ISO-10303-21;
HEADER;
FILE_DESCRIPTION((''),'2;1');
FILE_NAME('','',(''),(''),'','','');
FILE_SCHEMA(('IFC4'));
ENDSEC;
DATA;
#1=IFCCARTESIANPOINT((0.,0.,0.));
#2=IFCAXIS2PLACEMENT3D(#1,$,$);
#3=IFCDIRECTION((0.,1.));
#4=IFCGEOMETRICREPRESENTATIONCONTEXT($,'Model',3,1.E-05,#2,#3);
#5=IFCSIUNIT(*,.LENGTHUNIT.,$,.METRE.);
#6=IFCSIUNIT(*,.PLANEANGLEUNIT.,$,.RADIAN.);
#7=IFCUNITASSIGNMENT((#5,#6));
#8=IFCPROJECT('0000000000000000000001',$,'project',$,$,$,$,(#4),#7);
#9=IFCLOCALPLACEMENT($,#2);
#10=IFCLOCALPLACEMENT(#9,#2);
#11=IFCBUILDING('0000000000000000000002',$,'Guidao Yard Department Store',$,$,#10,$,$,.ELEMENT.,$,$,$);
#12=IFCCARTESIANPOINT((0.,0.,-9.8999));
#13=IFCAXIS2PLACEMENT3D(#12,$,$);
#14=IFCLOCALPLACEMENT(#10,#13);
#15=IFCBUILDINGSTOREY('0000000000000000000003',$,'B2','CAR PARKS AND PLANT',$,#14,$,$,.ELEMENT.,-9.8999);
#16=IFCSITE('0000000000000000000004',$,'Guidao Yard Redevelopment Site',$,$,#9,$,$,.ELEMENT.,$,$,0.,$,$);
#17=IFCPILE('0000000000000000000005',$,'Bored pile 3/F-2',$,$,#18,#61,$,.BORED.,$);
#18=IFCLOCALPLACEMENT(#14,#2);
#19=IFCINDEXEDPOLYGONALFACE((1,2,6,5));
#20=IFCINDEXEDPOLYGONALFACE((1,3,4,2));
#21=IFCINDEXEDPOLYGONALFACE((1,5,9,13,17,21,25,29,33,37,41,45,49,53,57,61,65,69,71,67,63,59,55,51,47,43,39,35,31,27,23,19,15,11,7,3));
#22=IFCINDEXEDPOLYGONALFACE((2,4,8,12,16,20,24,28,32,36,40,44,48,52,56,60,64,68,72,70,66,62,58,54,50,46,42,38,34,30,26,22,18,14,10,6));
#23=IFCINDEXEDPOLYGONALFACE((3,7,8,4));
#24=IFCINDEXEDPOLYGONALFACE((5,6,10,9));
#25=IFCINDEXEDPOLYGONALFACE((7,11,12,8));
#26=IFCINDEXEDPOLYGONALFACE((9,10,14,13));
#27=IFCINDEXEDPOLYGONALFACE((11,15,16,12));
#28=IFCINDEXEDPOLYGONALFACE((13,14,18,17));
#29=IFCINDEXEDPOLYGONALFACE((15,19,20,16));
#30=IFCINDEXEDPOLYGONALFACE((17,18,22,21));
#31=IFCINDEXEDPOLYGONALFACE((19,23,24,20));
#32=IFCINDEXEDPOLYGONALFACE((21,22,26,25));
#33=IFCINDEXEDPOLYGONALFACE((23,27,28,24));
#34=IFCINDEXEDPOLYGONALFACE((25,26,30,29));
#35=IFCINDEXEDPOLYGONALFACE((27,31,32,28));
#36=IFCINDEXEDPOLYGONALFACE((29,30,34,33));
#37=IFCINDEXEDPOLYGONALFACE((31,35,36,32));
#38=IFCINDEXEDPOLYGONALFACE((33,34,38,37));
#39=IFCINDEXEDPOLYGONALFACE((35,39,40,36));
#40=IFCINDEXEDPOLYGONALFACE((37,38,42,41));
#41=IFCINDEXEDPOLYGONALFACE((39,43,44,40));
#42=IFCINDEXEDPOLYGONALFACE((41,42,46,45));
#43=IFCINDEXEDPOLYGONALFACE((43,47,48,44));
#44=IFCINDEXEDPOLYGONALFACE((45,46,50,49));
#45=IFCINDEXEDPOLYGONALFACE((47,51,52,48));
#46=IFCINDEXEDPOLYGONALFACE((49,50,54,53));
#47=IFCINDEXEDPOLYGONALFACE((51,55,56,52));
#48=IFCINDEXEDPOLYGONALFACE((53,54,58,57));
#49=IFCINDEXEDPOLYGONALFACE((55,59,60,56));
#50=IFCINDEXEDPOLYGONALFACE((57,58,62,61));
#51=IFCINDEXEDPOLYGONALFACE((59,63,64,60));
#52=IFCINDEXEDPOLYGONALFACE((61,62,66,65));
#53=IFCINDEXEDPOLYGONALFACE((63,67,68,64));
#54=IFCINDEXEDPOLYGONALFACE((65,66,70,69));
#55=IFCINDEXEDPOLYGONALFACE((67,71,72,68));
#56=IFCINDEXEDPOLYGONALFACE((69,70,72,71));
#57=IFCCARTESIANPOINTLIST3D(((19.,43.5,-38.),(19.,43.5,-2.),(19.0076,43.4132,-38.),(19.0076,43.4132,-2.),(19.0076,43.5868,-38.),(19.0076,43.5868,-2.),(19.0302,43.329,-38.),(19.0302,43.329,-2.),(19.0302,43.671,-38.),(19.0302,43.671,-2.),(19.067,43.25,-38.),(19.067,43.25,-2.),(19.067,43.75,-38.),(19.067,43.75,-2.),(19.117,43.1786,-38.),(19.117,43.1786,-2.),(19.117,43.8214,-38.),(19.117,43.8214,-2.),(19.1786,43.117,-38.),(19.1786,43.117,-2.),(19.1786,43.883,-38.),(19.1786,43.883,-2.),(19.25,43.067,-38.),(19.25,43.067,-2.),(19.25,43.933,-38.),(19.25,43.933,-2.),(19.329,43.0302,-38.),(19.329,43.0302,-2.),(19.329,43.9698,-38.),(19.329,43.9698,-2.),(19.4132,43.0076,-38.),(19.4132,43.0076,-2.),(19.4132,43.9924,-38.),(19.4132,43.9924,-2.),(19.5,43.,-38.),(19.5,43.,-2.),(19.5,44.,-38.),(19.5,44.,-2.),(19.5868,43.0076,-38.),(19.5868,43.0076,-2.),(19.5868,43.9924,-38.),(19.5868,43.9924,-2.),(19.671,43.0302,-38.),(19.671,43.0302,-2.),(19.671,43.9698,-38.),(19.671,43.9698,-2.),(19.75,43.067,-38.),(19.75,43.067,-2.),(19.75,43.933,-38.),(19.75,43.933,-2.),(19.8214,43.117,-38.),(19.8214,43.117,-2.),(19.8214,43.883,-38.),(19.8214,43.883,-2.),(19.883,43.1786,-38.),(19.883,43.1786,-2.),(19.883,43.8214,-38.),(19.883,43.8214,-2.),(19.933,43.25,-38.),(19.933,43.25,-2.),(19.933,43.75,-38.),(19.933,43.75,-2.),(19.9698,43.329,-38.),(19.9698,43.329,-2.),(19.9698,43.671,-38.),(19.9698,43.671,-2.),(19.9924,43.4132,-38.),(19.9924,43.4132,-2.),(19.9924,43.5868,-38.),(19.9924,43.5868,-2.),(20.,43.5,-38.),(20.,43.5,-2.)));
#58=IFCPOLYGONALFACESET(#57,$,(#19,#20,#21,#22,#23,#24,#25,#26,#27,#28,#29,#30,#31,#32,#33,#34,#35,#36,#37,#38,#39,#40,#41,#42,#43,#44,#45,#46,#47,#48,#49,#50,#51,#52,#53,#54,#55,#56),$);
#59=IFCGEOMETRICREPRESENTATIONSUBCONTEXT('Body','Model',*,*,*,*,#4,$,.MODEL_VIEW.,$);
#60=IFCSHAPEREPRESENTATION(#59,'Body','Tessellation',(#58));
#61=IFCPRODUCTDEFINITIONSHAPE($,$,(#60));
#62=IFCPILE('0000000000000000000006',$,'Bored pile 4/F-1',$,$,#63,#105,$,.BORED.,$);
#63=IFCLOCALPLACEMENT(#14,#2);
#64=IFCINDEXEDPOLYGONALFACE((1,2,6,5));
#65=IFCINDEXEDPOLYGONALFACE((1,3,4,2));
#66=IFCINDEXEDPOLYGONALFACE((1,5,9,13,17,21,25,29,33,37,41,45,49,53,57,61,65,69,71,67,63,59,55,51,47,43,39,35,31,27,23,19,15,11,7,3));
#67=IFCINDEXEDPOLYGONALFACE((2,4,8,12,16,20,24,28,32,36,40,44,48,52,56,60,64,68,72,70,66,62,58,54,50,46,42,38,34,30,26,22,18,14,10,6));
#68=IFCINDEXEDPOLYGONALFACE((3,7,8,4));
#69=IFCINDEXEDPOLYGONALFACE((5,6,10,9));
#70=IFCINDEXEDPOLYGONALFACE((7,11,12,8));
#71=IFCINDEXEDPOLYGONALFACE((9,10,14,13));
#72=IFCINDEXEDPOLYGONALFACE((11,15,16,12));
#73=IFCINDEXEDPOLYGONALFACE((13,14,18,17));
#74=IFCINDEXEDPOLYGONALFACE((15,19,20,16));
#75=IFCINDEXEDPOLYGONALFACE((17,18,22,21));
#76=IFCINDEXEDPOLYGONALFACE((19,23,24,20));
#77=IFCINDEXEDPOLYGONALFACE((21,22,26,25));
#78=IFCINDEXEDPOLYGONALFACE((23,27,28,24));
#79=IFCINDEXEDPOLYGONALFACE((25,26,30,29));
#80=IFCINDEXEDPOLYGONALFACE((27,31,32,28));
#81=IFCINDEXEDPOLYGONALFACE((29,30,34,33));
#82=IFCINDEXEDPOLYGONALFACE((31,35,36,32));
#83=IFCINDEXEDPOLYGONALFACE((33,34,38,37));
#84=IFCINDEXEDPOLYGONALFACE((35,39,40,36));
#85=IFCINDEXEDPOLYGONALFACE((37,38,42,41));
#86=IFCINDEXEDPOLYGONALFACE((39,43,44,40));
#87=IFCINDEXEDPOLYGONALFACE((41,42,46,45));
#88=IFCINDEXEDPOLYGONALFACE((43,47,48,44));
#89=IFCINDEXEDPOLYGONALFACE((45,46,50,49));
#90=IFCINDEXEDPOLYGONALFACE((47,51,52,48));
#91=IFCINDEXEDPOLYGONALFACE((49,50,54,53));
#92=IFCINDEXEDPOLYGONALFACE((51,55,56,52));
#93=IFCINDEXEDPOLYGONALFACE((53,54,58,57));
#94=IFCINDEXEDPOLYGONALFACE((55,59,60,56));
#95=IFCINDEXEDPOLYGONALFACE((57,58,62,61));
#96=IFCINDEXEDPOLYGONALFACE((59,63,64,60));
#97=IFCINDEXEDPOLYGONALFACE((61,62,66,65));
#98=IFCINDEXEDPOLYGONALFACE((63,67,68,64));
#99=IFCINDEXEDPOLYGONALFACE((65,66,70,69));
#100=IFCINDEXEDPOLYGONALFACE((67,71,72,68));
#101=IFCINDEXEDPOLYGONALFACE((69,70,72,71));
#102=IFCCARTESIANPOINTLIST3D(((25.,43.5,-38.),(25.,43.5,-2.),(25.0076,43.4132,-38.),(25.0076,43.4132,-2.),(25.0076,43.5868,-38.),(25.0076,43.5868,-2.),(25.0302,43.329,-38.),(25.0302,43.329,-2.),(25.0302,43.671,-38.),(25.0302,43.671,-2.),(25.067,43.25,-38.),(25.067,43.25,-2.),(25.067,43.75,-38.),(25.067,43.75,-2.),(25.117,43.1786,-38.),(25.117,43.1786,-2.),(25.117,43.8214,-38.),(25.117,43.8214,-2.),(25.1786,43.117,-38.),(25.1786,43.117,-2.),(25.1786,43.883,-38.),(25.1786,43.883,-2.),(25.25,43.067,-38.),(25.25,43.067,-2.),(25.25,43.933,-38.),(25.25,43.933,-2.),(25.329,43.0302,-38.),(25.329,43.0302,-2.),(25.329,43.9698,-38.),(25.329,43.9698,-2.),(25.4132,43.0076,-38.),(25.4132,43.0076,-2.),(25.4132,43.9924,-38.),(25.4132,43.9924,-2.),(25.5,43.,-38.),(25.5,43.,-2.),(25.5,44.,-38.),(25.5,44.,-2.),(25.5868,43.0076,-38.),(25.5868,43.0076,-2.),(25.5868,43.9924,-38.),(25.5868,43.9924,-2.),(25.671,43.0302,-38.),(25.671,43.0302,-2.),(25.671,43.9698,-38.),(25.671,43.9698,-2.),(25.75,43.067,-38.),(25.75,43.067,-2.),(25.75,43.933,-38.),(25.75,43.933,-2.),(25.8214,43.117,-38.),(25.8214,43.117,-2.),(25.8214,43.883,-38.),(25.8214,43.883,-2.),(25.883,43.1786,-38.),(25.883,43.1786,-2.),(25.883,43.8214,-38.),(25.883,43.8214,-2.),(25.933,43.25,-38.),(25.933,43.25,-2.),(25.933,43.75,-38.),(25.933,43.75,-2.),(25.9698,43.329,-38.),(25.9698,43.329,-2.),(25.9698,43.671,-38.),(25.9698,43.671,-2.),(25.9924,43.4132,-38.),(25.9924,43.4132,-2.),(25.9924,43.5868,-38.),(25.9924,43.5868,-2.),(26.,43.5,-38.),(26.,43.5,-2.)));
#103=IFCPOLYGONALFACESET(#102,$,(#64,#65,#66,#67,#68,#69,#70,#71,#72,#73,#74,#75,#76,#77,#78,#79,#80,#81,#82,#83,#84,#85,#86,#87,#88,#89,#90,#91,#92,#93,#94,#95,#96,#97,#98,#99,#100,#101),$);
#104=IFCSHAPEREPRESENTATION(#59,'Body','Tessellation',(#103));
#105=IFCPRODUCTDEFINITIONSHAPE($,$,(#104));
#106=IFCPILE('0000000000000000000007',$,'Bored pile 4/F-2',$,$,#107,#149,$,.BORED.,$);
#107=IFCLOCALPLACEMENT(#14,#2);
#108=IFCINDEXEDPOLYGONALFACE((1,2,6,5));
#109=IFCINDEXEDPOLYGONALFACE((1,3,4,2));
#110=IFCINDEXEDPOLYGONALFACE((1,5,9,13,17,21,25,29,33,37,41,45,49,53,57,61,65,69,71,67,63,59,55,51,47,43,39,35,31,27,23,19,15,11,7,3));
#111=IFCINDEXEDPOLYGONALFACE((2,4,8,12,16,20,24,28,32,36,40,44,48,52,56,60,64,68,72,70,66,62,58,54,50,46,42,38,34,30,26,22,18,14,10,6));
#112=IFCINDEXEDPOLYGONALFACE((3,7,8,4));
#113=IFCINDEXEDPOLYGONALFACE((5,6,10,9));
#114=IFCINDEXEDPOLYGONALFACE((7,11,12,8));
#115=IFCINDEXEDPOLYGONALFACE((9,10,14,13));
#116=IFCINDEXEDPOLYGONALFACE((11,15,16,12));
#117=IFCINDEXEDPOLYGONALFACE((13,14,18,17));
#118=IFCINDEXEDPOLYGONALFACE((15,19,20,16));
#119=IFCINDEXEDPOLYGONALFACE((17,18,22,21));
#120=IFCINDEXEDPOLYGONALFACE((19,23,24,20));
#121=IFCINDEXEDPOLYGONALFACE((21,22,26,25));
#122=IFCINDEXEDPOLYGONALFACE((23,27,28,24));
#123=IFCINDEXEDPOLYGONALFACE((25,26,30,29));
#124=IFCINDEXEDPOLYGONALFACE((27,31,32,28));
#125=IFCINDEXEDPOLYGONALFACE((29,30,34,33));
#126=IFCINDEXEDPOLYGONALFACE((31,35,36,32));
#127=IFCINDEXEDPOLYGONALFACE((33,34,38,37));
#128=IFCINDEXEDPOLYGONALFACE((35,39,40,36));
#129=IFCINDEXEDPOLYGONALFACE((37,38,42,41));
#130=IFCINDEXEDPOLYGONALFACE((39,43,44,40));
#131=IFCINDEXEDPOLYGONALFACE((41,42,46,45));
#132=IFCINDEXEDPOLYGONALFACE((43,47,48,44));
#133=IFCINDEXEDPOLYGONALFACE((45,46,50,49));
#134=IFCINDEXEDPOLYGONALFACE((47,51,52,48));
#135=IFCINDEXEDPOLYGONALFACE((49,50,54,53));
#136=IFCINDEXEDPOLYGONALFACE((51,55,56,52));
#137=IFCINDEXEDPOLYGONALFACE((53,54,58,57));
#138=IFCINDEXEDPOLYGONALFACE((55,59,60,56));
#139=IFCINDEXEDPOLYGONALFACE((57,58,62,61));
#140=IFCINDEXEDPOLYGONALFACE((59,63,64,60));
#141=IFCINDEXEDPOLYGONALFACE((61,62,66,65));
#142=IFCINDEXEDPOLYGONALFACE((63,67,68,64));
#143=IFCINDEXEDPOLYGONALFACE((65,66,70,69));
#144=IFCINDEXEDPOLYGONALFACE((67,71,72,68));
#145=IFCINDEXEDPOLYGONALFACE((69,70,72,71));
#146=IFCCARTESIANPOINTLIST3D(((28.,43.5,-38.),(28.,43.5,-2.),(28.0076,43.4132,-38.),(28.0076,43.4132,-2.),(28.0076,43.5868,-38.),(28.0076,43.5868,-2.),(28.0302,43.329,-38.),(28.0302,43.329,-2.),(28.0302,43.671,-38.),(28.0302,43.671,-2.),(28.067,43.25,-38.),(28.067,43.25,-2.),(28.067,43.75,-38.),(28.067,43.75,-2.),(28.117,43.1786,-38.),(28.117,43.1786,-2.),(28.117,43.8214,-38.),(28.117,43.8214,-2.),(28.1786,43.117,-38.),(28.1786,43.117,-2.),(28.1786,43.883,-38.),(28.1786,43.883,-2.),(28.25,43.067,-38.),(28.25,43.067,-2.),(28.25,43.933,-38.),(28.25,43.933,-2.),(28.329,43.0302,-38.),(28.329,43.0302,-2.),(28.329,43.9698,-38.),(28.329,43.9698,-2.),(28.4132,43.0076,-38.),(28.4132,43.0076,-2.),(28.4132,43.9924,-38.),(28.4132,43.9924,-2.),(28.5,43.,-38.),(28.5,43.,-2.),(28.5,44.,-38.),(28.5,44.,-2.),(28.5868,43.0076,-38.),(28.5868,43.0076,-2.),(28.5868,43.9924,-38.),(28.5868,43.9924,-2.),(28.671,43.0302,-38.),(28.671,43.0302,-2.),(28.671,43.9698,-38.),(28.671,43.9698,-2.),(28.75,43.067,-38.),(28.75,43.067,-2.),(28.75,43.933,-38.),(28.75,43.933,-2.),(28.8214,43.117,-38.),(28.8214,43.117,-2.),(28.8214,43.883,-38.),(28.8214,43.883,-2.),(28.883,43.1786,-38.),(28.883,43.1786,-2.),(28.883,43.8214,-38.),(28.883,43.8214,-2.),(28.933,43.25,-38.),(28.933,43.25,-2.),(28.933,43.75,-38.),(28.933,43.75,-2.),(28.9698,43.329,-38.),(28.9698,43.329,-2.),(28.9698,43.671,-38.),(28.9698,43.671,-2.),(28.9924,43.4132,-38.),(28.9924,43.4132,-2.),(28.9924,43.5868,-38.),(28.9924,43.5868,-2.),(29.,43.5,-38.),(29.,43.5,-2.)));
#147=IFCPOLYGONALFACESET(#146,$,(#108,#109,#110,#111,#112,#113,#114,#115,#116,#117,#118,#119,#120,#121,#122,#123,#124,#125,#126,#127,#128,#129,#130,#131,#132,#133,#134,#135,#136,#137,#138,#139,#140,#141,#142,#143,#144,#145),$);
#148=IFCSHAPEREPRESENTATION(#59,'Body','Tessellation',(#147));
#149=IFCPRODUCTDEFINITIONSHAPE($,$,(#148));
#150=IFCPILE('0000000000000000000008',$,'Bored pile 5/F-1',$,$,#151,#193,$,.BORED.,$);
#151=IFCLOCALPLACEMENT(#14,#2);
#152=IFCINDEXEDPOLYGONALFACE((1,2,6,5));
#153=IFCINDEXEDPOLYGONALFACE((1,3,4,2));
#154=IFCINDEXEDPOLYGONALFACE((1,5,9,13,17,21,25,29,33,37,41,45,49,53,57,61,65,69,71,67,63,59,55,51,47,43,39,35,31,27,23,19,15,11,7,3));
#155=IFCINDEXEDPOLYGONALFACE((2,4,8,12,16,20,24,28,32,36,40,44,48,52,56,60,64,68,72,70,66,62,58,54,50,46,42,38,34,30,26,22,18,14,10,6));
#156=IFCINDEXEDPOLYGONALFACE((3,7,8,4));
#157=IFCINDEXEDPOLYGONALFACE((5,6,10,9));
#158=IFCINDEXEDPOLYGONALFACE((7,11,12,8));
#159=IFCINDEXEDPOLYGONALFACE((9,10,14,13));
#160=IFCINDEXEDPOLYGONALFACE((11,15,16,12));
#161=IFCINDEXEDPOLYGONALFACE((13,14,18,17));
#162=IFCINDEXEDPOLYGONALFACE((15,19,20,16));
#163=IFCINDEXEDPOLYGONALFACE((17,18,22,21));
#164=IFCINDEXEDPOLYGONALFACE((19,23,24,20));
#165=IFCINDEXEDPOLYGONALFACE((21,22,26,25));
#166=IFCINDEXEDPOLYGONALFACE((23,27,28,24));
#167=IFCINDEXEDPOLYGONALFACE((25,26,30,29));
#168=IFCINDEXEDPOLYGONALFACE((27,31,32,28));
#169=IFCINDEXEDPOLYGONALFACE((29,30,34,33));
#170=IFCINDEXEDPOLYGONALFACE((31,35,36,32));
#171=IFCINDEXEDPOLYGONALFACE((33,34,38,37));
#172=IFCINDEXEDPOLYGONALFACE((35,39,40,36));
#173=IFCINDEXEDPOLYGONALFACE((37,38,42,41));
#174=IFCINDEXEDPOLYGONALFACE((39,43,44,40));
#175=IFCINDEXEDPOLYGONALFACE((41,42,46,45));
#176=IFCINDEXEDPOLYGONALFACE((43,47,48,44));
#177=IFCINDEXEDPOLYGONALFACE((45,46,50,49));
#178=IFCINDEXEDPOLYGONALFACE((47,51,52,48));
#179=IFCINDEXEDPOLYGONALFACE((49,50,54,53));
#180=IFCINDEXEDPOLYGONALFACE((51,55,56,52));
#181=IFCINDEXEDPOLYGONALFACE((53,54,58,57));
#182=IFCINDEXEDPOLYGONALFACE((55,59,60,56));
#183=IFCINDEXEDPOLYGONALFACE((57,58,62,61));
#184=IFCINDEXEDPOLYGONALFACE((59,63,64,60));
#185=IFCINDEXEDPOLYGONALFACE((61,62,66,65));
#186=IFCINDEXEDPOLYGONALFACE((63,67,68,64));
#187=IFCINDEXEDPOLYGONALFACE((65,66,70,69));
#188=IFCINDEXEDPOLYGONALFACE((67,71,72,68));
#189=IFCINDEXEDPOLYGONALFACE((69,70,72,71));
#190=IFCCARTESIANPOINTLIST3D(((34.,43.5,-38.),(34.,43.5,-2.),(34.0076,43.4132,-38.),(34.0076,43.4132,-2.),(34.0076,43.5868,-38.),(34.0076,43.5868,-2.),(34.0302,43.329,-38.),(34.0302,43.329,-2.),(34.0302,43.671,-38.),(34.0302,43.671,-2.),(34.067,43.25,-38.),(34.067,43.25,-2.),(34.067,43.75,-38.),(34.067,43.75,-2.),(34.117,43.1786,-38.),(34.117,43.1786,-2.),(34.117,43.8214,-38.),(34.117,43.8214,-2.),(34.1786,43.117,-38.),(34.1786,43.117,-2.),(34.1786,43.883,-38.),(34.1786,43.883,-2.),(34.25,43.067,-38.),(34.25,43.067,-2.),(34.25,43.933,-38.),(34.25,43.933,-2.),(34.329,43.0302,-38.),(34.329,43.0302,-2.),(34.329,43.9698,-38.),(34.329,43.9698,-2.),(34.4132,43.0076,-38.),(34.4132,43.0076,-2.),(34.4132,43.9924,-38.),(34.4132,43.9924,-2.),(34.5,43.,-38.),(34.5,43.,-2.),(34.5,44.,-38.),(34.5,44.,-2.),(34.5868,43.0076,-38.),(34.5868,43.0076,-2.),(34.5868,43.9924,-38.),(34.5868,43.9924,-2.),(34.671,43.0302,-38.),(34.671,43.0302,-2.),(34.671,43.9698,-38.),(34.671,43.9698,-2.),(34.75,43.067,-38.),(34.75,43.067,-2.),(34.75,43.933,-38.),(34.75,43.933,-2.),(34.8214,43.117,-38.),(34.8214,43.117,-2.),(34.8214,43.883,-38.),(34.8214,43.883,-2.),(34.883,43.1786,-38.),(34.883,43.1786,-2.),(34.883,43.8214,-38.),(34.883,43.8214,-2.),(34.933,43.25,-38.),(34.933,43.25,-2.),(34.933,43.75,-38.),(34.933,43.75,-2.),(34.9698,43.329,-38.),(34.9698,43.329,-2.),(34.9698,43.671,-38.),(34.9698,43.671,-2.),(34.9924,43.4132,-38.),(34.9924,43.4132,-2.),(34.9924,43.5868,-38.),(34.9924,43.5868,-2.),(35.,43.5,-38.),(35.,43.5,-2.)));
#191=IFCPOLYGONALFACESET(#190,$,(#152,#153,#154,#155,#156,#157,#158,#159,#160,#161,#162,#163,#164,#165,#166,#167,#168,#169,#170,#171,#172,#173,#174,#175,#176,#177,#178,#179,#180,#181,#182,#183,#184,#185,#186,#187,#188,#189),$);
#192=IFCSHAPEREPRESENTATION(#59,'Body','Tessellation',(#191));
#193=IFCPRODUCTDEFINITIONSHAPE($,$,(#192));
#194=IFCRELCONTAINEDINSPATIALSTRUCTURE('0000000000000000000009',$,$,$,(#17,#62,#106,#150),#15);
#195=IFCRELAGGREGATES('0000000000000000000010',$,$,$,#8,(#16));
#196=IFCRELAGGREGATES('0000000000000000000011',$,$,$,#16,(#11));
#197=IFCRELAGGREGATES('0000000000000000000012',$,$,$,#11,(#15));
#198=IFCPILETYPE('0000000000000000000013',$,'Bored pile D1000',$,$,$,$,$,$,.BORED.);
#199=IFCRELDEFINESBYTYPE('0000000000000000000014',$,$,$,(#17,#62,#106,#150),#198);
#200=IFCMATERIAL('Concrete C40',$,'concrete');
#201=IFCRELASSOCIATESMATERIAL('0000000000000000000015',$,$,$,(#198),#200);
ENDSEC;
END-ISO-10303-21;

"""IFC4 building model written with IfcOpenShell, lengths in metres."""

from ifc_helpers import new_model, si_unit, direction, frame, origin, origin_2d, place, context, subcontext, project, spatial, circle, extrude, material, material_profile, profile_set, type_object, element, save


model = new_model("IFC4")

# Units and contexts
model_context = context("Model", 3, precision=1e-05, world=origin(), true_north=direction((0.0, 1.0)))
body_context = subcontext(model_context, "Body", "Model", "MODEL_VIEW")
ifc_project = project(units=[si_unit("LENGTHUNIT", "METRE"), si_unit("PLANEANGLEUNIT", "RADIAN")], contexts=[model_context])

# Site, building, storey
site_placement = place(None, origin())
site = spatial("IfcSite", under=ifc_project, at=site_placement, Name="Guidao Yard Redevelopment Site", CompositionType="ELEMENT", RefElevation=0.0)
building_placement = place(site_placement, origin())
building = spatial("IfcBuilding", under=site, at=building_placement, Name="Guidao Yard Department Store", CompositionType="ELEMENT")
storey_placement = place(building_placement, frame((0.0, 0.0, -9.8999)))
storey = spatial("IfcBuildingStorey", under=building, at=storey_placement, Name="B2", Description="CAR PARKS AND PLANT", CompositionType="ELEMENT", Elevation=-9.8999)

# Piles
ifc_material_1 = material(Name="Concrete C40", Category="concrete")
ifc_material_profile = material_profile(ifc_material_1, circle(Radius=0.5, at=origin_2d()), Name="Bored pile D1000")
ifc_profile_set = profile_set([ifc_material_profile], Name="Concrete C40")
pile_type = type_object("IfcPileType", Name="Bored pile D1000", PredefinedType="BORED", material=ifc_profile_set)
for number, where, z_axis, x_axis, name in (
    (1, (19.5, 43.5, -2.0), (0.0, 0.0, -1.0), (1.0, 0.0, 0.0), "Bored pile 3/F-2"),
    (2, (25.5, 43.5, -2.0), (0.0, 0.0, -1.0), (1.0, 0.0, 0.0), "Bored pile 4/F-1"),
    (3, (28.5, 43.5, -2.0), (0.0, 0.0, -1.0), (1.0, 0.0, 0.0), "Bored pile 4/F-2"),
    (4, (34.5, 43.5, -2.0), (0.0, 0.0, -1.0), (1.0, 0.0, 0.0), "Bored pile 5/F-1"),
):
    element("IfcPile", number, at=place(storey_placement, frame(where, z_axis=z_axis, x_axis=x_axis)), inside=storey, type_object=pile_type, Name=name, PredefinedType="BORED", context=body_context, shape_type="SweptSolid", body=[
        extrude(circle(Radius=0.5, at=origin_2d()), origin(), (0.0, 0.0, 1.0), 36.0),
    ])

save(model, "model.ifc")
